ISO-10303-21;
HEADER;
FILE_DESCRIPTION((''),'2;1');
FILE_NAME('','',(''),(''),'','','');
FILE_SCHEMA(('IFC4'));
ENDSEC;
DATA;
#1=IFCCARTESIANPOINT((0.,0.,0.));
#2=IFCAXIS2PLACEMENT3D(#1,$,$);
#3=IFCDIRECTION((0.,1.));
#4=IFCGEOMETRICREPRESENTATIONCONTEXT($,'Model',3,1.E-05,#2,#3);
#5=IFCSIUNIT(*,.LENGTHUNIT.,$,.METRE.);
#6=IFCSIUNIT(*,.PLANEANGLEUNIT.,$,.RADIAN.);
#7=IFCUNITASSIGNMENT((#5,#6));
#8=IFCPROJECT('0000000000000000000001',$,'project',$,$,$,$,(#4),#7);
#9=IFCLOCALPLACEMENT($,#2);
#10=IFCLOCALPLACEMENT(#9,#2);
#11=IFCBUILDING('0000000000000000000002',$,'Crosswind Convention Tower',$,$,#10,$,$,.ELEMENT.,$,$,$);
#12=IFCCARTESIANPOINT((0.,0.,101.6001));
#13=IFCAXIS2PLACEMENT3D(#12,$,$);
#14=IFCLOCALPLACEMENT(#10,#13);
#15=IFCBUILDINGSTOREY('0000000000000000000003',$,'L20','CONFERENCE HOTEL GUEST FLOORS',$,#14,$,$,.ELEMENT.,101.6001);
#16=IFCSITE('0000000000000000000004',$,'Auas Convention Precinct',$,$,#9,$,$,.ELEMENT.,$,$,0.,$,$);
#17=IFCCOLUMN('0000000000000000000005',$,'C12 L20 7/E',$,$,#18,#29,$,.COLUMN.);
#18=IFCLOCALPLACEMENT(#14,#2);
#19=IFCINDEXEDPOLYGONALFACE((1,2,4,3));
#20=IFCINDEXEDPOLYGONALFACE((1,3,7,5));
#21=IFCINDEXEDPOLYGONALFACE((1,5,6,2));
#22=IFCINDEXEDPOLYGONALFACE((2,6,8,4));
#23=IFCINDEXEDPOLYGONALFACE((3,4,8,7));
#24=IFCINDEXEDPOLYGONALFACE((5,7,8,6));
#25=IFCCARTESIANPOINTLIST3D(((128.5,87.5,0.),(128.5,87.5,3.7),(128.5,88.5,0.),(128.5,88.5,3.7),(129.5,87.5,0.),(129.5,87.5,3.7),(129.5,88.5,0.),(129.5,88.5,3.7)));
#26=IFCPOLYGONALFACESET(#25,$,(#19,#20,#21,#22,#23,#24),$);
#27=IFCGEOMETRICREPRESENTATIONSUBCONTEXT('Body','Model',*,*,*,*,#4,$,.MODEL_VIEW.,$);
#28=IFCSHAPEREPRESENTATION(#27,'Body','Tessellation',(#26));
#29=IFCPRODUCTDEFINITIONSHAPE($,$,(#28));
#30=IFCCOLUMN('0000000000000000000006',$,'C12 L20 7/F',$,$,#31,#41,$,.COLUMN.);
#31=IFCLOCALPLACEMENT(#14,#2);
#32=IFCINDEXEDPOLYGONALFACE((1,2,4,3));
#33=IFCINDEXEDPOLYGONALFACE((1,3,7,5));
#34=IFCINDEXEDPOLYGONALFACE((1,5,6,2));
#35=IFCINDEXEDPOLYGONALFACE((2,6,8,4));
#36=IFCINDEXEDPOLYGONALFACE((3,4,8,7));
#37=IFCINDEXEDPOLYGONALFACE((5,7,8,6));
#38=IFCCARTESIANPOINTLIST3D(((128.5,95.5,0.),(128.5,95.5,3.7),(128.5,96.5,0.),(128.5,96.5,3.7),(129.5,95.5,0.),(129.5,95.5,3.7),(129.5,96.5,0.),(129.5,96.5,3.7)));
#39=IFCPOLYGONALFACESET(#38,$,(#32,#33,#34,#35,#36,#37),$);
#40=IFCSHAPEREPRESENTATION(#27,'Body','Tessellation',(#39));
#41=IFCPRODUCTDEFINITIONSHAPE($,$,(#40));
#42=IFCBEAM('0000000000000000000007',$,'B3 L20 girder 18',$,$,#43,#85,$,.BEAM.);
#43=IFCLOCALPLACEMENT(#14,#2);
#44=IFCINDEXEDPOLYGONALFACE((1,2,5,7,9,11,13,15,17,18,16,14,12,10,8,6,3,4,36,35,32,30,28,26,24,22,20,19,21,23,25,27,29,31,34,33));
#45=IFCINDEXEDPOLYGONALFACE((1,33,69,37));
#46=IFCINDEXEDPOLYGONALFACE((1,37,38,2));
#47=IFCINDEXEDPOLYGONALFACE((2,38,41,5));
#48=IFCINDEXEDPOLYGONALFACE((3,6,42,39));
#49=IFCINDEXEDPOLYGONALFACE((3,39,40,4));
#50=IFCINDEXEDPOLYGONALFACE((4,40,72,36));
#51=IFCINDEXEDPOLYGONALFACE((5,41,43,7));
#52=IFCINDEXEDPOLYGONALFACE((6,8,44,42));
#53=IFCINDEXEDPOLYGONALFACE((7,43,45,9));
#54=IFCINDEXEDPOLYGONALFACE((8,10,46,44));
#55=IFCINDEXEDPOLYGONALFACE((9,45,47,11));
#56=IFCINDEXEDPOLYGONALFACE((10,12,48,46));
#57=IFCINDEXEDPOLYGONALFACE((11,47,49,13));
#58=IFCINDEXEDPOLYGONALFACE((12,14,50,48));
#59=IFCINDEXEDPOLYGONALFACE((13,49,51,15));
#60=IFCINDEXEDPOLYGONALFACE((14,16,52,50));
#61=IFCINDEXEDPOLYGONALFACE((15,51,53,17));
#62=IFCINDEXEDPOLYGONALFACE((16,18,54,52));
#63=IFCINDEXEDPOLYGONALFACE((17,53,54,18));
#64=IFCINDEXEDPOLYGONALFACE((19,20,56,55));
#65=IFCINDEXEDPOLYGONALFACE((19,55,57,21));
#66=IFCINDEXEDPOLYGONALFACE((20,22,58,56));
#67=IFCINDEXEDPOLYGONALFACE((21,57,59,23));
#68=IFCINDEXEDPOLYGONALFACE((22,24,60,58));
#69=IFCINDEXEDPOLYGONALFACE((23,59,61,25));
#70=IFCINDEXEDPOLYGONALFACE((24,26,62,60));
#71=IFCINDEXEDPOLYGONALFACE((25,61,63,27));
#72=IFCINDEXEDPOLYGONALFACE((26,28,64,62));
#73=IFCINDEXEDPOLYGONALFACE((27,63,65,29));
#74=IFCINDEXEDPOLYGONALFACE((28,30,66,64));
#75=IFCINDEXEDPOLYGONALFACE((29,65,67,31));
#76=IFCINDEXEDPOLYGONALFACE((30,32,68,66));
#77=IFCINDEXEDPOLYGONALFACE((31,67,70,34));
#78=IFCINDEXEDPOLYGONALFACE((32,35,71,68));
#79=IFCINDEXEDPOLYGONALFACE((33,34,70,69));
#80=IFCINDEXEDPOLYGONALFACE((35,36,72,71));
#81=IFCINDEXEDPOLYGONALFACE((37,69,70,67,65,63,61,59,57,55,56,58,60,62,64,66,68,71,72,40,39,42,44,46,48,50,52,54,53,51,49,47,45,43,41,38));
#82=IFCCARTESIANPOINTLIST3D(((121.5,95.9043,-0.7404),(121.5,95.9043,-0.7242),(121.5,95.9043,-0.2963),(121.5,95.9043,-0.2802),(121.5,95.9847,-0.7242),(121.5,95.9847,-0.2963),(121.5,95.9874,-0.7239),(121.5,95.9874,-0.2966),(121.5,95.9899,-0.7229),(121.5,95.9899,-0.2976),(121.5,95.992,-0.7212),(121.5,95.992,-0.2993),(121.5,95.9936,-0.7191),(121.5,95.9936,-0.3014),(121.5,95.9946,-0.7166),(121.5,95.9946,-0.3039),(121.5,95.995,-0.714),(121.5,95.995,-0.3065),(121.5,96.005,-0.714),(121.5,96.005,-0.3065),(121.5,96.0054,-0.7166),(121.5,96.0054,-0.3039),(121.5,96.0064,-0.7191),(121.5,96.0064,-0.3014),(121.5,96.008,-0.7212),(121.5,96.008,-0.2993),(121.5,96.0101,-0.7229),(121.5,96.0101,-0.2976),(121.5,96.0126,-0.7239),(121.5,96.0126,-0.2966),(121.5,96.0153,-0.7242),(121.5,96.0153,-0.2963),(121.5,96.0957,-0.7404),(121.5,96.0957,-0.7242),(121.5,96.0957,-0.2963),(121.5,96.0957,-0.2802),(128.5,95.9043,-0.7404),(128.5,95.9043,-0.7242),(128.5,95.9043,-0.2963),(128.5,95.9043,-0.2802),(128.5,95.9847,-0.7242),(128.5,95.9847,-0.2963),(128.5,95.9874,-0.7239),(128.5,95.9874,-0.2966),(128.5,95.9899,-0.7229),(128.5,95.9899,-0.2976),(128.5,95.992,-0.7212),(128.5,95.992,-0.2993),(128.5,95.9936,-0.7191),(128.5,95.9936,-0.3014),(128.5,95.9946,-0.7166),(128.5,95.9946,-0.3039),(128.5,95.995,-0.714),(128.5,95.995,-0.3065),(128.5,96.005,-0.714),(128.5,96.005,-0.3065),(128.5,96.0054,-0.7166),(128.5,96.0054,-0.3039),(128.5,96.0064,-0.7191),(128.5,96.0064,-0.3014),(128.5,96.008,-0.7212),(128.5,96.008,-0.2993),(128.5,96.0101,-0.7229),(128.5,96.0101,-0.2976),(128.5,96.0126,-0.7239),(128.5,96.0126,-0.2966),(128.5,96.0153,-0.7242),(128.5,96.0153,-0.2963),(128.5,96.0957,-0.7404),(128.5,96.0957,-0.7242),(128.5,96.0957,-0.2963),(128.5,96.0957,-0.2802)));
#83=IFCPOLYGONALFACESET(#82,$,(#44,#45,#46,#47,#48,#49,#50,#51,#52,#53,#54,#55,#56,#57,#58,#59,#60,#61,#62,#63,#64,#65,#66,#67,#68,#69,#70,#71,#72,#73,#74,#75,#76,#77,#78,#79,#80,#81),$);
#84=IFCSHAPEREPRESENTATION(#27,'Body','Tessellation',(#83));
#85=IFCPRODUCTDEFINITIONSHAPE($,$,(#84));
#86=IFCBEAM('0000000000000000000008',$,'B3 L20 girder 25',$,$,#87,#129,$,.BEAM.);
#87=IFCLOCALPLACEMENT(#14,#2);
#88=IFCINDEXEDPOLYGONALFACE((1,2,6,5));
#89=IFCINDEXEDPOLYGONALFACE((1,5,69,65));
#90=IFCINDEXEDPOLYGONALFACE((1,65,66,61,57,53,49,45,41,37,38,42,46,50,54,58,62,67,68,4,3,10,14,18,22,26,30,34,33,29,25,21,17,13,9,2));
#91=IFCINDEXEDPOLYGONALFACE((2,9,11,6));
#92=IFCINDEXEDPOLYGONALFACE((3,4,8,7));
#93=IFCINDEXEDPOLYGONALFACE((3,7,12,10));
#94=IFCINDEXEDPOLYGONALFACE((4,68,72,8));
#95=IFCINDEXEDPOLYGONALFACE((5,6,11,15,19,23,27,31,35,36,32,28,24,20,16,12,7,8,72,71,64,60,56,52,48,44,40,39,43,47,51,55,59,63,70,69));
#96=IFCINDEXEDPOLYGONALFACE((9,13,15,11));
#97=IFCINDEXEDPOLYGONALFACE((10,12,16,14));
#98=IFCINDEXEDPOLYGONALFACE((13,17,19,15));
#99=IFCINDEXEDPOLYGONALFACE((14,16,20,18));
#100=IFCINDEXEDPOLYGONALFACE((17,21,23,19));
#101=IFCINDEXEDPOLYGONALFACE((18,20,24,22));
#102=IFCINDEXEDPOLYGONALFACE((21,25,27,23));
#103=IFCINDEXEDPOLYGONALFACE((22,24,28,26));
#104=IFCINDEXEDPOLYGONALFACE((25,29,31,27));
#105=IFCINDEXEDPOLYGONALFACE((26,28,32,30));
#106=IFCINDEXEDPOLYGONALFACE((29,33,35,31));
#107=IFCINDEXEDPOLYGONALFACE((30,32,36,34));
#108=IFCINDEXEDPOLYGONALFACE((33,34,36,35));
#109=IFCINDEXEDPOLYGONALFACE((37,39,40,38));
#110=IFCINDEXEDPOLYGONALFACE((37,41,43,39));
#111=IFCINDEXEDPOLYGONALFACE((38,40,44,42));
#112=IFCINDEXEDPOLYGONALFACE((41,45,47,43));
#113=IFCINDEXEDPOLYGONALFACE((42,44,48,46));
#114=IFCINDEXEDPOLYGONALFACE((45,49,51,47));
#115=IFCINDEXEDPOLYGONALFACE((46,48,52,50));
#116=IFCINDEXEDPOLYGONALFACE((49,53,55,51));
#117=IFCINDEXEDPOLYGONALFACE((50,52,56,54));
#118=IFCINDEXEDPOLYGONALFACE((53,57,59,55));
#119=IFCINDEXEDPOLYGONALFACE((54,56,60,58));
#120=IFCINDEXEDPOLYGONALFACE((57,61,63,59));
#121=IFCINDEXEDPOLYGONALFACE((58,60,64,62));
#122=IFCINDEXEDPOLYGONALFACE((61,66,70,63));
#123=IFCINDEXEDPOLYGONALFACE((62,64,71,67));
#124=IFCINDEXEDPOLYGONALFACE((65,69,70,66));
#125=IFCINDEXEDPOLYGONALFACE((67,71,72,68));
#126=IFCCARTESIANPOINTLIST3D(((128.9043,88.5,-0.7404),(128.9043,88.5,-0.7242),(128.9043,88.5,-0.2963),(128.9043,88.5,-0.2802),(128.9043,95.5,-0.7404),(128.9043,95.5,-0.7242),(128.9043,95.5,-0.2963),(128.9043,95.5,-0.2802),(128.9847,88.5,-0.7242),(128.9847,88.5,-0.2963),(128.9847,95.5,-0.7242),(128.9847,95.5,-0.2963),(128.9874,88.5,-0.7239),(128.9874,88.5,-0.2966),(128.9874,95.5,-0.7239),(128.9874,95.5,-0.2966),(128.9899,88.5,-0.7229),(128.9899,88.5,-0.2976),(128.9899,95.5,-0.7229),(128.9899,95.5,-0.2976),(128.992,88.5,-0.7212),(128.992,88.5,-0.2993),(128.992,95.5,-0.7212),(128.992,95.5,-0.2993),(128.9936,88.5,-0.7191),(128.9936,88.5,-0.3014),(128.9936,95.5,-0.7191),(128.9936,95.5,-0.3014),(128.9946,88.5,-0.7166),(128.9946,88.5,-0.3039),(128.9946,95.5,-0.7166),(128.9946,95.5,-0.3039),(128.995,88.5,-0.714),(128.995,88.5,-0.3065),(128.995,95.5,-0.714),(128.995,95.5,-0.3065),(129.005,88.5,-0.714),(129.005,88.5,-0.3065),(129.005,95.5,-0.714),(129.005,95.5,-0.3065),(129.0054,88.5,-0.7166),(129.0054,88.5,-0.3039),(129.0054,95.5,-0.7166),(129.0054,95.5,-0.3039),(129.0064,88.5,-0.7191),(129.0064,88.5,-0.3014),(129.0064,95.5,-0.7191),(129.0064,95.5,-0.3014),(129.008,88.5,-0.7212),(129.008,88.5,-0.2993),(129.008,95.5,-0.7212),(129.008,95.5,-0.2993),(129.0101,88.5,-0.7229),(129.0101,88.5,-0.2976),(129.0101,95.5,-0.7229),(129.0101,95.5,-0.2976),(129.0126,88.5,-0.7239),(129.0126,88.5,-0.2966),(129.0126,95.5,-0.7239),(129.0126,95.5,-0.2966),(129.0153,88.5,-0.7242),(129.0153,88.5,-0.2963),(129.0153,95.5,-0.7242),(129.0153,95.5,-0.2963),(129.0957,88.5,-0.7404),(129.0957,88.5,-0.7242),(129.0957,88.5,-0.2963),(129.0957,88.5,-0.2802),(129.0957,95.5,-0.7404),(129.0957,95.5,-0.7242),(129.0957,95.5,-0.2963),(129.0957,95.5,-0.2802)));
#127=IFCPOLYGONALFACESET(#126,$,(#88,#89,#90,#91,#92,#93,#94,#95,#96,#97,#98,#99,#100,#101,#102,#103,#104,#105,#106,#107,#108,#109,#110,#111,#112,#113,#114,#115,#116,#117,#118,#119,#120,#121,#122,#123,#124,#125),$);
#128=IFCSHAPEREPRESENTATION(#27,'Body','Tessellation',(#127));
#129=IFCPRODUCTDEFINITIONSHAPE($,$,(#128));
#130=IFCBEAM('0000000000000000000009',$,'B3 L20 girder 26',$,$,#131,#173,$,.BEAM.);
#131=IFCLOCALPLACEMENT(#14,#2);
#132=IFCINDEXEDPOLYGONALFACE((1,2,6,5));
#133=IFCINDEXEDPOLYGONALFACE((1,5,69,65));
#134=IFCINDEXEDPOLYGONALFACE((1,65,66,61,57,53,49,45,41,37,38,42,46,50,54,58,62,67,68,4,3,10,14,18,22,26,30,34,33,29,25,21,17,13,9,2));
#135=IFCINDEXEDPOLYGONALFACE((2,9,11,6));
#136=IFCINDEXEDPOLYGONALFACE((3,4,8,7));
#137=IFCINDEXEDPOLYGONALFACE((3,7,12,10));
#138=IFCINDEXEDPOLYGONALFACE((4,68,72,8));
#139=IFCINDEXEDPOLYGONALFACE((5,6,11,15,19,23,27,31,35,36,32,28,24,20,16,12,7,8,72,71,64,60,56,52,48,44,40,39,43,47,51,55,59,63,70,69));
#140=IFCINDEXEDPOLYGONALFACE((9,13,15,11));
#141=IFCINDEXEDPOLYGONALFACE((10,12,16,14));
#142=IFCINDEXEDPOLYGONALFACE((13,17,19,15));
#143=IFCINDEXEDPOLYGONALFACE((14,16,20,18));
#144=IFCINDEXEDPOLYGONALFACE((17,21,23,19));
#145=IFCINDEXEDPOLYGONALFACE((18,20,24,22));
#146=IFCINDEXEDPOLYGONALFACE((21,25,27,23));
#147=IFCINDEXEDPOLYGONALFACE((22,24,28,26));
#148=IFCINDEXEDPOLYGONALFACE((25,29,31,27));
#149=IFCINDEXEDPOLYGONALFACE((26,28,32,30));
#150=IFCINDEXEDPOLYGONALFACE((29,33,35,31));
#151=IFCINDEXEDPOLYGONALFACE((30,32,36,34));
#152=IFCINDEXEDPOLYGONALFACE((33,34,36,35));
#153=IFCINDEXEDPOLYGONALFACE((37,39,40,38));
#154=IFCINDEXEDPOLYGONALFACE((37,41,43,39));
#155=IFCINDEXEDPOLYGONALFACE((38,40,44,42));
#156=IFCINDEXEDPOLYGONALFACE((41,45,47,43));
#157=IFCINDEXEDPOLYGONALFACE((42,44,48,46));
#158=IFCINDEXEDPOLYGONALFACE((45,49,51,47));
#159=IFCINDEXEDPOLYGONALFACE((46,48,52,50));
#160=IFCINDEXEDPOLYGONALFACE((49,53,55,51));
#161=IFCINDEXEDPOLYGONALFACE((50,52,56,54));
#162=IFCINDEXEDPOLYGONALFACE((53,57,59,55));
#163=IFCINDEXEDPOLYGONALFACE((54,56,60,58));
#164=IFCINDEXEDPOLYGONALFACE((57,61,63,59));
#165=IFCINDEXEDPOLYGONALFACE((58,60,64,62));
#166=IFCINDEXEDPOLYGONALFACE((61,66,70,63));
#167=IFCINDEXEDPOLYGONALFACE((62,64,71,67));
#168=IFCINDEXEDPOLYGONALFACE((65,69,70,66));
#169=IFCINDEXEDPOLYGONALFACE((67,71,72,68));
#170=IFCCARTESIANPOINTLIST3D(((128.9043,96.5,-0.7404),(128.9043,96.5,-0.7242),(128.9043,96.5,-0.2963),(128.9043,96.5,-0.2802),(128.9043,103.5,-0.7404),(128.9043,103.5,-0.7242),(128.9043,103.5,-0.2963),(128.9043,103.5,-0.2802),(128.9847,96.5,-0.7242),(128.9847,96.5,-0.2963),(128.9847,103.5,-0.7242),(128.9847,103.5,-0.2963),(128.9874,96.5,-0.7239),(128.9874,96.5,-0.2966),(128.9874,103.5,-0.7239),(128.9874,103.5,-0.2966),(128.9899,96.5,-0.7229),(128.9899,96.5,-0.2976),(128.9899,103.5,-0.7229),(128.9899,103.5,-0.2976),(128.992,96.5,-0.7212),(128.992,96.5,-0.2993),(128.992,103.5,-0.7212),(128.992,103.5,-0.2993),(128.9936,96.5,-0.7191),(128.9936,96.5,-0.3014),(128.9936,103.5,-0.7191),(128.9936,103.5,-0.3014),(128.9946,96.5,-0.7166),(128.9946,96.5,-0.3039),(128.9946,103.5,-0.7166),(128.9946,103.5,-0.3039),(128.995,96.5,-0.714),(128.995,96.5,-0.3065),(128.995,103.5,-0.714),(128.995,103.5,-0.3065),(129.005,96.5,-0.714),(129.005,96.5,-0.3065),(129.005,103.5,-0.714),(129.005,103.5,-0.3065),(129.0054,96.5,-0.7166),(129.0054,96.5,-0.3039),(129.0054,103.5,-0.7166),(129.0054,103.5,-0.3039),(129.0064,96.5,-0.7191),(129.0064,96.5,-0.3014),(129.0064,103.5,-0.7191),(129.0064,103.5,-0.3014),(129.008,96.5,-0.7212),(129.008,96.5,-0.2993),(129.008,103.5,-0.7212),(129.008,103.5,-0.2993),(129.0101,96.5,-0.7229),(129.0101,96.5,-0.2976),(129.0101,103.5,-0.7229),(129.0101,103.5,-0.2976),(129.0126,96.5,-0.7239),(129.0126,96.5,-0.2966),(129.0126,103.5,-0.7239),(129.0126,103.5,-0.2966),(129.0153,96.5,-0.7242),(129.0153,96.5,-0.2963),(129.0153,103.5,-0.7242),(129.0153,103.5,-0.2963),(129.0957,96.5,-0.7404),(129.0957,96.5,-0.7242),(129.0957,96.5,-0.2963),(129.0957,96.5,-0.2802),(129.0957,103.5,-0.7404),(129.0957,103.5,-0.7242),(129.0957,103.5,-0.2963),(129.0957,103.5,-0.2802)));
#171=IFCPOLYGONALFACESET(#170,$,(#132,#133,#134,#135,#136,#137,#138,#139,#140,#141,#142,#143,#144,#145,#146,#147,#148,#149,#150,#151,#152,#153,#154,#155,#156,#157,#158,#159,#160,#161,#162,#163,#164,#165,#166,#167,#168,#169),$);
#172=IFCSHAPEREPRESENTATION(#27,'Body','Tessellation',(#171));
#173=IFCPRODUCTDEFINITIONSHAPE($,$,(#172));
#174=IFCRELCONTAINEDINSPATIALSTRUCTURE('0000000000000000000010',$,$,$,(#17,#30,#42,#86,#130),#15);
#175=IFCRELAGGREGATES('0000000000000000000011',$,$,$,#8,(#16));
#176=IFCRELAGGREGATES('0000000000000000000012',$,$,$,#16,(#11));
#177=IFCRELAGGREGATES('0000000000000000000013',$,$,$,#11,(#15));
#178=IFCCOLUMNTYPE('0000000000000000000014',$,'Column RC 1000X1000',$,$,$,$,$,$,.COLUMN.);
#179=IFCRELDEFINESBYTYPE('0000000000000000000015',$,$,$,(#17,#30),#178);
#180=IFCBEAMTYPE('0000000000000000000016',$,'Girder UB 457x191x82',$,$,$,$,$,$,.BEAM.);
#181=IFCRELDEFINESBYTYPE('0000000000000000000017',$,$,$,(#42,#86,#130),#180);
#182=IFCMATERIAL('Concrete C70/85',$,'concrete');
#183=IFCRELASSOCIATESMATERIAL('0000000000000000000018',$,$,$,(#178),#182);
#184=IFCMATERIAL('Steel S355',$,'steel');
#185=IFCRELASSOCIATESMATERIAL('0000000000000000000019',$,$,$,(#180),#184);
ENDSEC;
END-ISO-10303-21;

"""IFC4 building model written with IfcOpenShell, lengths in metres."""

from ifc_helpers import new_model, si_unit, direction, frame, origin, origin_2d, place, context, subcontext, project, spatial, rectangle, i_section, extrude, material, material_profile, profile_set, type_object, element, save


model = new_model("IFC4")

# Units and contexts
model_context = context("Model", 3, precision=1e-05, world=origin(), true_north=direction((0.0, 1.0)))
body_context = subcontext(model_context, "Body", "Model", "MODEL_VIEW")
ifc_project = project(units=[si_unit("LENGTHUNIT", "METRE"), si_unit("PLANEANGLEUNIT", "RADIAN")], contexts=[model_context])

# Site, building, storey
site_placement = place(None, origin())
site = spatial("IfcSite", under=ifc_project, at=site_placement, Name="Auas Convention Precinct", CompositionType="ELEMENT", RefElevation=0.0)
building_placement = place(site_placement, origin())
building = spatial("IfcBuilding", under=site, at=building_placement, Name="Crosswind Convention Tower", CompositionType="ELEMENT")
storey_placement = place(building_placement, frame((0.0, 0.0, 101.6001)))
storey = spatial("IfcBuildingStorey", under=building, at=storey_placement, Name="L20", Description="CONFERENCE HOTEL GUEST FLOORS", CompositionType="ELEMENT", Elevation=101.6001)

# Columns
ifc_material_1 = material(Name="Concrete C70/85", Category="concrete")
ifc_material_profile_1 = material_profile(ifc_material_1, rectangle(XDim=1.0, YDim=1.0, at=origin_2d()), Name="RC 1000X1000")
ifc_profile_set_1 = profile_set([ifc_material_profile_1], Name="Concrete C70/85")
column_type = type_object("IfcColumnType", Name="Column RC 1000X1000", PredefinedType="COLUMN", material=ifc_profile_set_1)
for number, where, z_axis, x_axis, name in (
    (1, (129.0, 88.0, 0.0), (0.0, 0.0, 1.0), (1.0, 0.0, 0.0), "C12 L20 7/E"),
    (2, (129.0, 96.0, 0.0), (0.0, 0.0, 1.0), (1.0, 0.0, 0.0), "C12 L20 7/F"),
):
    element("IfcColumn", number, at=place(storey_placement, frame(where, z_axis=z_axis, x_axis=x_axis)), inside=storey, type_object=column_type, Name=name, PredefinedType="COLUMN", context=body_context, shape_type="SweptSolid", body=[
        extrude(rectangle(XDim=1.0, YDim=1.0, at=origin_2d()), origin(), (0.0, 0.0, 1.0), 3.7),
    ])

# Beams
ifc_material_2 = material(Name="Steel S355", Category="steel")
ifc_material_profile_2 = material_profile(ifc_material_2, i_section(OverallWidth=0.1914, OverallDepth=0.4602, WebThickness=0.01, FlangeThickness=0.0161, FilletRadius=0.0103, at=origin_2d()), Name="UB 457x191x82")
ifc_profile_set_2 = profile_set([ifc_material_profile_2], Name="Steel S355")
beam_type_1 = type_object("IfcBeamType", Name="Girder UB 457x191x82", PredefinedType="BEAM", material=ifc_profile_set_2)
for number, where, z_axis, x_axis, name in (
    (3, (121.5, 96.0, -0.5103), (1.0, 0.0, 0.0), (0.0, 1.0, 0.0), "B3 L20 girder 18"),
    (4, (129.0, 88.5, -0.5103), (0.0, 1.0, 0.0), (-1.0, 0.0, 0.0), "B3 L20 girder 25"),
    (5, (129.0, 96.5, -0.5103), (0.0, 1.0, 0.0), (-1.0, 0.0, 0.0), "B3 L20 girder 26"),
):
    element("IfcBeam", number, at=place(storey_placement, frame(where, z_axis=z_axis, x_axis=x_axis)), inside=storey, type_object=beam_type_1, Name=name, PredefinedType="BEAM", context=body_context, shape_type="SweptSolid", body=[
        extrude(i_section(OverallWidth=0.1914, OverallDepth=0.4602, WebThickness=0.01, FlangeThickness=0.0161, FilletRadius=0.0103, at=origin_2d()), origin(), (0.0, 0.0, 1.0), 7.0),
    ])

save(model, "model.ifc")
